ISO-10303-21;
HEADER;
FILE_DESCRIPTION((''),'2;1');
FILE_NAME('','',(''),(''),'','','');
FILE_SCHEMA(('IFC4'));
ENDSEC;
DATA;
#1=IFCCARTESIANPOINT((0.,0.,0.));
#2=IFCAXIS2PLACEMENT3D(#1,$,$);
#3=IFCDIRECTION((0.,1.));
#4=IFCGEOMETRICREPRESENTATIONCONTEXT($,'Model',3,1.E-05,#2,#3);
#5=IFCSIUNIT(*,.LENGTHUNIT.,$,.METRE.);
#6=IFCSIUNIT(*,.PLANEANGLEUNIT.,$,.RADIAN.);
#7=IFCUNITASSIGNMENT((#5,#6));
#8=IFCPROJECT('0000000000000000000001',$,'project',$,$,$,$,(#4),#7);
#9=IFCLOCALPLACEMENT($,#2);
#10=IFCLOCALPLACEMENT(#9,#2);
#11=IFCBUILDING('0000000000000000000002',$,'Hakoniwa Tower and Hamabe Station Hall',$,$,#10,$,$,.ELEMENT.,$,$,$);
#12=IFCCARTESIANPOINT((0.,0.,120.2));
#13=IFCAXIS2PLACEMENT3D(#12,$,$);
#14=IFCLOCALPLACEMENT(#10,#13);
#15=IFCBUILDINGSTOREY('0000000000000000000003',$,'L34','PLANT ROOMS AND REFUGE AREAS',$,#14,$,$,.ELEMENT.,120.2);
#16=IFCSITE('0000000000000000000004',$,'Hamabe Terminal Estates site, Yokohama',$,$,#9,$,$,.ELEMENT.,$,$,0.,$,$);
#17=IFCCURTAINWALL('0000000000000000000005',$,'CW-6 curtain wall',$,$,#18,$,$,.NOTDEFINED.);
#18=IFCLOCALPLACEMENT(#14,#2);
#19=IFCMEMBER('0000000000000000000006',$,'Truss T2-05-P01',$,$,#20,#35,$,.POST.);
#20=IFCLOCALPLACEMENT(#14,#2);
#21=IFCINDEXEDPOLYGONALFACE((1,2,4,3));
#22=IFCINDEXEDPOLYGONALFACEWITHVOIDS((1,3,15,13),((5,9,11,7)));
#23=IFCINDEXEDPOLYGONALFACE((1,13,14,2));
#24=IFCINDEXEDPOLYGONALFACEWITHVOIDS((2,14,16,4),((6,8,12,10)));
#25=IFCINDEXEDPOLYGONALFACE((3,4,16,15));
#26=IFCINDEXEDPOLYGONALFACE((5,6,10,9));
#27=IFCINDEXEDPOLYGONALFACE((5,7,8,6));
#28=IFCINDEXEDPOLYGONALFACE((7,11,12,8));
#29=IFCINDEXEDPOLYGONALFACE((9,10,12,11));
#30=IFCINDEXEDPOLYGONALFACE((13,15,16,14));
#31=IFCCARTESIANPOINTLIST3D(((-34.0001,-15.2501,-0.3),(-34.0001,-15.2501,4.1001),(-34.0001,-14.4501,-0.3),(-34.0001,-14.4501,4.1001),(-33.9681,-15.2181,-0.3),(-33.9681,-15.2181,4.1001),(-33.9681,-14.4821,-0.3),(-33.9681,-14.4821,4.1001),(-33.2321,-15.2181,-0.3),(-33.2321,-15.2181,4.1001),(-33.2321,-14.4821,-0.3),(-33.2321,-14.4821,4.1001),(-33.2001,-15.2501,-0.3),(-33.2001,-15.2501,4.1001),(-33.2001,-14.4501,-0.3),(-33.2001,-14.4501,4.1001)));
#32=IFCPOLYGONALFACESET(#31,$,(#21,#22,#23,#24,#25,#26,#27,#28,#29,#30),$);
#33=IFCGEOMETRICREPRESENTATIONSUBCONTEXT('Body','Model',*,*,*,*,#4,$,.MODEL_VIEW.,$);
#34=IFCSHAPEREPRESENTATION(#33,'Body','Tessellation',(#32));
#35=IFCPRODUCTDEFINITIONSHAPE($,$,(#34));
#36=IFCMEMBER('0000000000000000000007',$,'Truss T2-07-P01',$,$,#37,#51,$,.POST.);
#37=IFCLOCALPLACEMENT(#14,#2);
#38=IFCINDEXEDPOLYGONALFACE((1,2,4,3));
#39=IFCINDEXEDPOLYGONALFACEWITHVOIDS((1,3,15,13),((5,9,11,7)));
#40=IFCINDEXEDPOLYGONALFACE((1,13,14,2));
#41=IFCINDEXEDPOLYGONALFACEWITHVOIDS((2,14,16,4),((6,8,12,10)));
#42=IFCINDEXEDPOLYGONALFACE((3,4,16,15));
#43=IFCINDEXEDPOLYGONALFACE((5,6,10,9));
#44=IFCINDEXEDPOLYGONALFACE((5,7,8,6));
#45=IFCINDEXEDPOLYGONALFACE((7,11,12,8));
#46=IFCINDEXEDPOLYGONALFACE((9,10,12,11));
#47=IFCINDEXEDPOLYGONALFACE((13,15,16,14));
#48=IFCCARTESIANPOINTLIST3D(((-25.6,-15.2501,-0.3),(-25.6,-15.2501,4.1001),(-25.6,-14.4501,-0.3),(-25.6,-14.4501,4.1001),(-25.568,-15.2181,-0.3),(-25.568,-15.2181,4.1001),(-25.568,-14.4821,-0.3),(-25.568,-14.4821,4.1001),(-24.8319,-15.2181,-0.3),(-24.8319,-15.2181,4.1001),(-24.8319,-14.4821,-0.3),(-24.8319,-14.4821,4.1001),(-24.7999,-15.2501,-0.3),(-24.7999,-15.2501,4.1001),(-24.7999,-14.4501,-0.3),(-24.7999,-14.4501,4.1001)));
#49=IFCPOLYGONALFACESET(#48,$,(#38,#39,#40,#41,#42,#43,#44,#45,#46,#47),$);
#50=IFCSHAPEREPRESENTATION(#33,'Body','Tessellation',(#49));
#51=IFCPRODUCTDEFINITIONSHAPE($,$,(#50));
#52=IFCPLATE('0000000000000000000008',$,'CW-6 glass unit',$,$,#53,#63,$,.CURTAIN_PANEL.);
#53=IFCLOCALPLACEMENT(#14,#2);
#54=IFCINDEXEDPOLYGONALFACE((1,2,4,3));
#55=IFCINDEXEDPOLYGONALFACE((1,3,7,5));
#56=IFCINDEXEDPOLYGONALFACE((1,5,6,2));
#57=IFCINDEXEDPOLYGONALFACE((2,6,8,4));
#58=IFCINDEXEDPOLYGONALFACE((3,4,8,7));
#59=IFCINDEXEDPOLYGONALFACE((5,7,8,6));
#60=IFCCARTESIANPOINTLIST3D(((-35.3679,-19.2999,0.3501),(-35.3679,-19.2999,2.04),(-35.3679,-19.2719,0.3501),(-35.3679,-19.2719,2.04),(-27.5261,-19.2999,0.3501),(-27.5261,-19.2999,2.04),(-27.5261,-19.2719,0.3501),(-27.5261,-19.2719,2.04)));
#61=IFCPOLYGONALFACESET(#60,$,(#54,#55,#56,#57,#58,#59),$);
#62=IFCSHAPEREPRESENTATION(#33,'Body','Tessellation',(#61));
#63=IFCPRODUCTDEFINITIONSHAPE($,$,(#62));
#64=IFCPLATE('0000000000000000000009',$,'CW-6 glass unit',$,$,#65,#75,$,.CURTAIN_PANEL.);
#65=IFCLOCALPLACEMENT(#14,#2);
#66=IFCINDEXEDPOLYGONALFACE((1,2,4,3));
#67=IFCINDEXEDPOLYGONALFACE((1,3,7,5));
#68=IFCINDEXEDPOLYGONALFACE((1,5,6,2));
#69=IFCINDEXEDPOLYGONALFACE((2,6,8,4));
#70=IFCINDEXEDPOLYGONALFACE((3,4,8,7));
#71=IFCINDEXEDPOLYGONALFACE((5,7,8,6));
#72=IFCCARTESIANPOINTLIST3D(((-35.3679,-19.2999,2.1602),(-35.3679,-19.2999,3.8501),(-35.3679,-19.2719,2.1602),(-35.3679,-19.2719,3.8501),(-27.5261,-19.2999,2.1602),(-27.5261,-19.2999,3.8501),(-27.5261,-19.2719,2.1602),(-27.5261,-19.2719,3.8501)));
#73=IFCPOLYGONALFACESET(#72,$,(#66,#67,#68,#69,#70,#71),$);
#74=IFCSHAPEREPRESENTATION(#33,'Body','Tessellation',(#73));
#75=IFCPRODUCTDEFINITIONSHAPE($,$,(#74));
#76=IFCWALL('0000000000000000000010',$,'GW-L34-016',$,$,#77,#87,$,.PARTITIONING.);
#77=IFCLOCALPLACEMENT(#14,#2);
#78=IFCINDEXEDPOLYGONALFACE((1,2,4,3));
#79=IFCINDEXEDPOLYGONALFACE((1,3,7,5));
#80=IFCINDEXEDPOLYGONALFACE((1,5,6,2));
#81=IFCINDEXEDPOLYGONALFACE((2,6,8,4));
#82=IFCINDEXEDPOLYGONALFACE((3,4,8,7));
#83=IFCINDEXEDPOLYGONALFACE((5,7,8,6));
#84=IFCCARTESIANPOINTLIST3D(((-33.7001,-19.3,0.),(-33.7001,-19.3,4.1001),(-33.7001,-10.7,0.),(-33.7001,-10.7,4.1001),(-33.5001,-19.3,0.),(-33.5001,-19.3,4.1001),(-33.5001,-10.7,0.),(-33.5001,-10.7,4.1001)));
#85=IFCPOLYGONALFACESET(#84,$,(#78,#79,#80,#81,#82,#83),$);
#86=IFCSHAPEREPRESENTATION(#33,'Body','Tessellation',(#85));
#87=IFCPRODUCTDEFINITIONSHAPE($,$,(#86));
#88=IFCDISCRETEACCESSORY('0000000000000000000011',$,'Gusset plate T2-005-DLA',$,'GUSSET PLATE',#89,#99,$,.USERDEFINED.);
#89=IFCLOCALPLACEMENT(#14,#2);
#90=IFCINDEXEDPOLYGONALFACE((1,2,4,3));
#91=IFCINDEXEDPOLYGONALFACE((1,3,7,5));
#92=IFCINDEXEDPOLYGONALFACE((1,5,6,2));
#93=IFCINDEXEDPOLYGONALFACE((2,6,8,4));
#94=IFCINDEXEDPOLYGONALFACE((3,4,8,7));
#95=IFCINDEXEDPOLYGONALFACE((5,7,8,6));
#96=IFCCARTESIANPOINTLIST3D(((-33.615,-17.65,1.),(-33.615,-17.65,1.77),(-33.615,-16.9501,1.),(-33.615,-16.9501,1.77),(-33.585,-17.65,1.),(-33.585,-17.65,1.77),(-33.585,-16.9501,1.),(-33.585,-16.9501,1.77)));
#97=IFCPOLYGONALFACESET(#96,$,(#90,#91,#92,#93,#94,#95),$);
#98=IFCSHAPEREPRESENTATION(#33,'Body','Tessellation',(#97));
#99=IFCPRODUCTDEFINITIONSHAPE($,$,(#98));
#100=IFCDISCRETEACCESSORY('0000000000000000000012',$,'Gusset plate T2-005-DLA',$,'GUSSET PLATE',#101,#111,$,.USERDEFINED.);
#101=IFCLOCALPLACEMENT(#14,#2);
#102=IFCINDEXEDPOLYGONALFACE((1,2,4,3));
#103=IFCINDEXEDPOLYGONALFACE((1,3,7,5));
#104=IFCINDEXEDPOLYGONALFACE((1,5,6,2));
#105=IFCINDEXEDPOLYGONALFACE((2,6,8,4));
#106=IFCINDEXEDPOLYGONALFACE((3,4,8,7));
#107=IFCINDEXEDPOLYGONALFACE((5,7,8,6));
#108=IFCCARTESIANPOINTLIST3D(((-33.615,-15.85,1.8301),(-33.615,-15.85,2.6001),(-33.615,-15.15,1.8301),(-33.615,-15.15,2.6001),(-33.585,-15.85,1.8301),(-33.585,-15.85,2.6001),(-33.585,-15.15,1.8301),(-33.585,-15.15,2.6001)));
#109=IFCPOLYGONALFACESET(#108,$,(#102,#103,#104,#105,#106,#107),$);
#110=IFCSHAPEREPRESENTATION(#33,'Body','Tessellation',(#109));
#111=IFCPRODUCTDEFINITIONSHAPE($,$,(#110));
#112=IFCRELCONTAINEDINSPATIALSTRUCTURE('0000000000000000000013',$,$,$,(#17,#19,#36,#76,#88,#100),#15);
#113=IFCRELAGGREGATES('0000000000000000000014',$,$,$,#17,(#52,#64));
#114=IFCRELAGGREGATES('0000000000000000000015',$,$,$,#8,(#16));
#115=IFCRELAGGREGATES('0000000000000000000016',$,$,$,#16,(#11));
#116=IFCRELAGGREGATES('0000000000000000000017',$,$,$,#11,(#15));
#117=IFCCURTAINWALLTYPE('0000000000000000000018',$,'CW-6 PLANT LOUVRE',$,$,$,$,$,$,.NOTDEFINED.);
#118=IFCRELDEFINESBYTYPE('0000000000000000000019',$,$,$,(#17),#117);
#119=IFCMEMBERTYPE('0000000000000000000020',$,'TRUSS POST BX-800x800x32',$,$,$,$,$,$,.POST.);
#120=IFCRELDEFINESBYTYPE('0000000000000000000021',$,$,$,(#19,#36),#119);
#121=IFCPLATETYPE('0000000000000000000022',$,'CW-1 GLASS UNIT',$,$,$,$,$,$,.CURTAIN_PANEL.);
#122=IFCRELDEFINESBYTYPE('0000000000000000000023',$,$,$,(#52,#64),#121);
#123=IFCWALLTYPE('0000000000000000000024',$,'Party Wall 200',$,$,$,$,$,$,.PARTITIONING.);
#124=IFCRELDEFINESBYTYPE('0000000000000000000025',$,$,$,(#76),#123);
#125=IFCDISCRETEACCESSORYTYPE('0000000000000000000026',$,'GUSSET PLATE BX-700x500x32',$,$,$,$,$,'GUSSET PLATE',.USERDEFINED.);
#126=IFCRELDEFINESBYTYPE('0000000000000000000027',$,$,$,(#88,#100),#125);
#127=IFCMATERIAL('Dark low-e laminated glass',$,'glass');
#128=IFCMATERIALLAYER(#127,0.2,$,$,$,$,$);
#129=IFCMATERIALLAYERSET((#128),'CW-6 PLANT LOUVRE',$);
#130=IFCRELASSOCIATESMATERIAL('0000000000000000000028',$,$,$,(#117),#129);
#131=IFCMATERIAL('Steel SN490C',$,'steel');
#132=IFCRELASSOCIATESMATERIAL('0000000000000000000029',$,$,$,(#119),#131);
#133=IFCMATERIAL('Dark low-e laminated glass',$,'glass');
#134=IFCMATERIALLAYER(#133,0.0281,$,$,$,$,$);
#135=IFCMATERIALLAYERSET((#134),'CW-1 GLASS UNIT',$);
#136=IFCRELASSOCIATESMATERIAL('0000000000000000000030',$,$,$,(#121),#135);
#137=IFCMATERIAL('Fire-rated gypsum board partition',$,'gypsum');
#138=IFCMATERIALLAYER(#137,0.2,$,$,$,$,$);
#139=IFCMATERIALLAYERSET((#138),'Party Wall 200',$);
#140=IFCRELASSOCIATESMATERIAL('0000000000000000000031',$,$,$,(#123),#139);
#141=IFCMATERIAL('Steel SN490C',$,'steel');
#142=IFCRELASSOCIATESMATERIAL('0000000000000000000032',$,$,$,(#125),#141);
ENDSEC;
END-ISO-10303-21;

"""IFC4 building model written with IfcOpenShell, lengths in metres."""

from ifc_helpers import new_model, si_unit, direction, frame, frame_2d, origin, origin_2d, place, context, subcontext, project, spatial, rectangle, hollow_rectangle, extrude, material, layer, layer_set, material_profile, profile_set, type_object, element, aggregate, save


model = new_model("IFC4")

# Units and contexts
model_context = context("Model", 3, precision=1e-05, world=origin(), true_north=direction((0.0, 1.0)))
body_context = subcontext(model_context, "Body", "Model", "MODEL_VIEW")
ifc_project = project(units=[si_unit("LENGTHUNIT", "METRE"), si_unit("PLANEANGLEUNIT", "RADIAN")], contexts=[model_context])

# Site, building, storey
site_placement = place(None, origin())
site = spatial("IfcSite", under=ifc_project, at=site_placement, Name="Hamabe Terminal Estates site, Yokohama", CompositionType="ELEMENT", RefElevation=0.0)
building_placement = place(site_placement, origin())
building = spatial("IfcBuilding", under=site, at=building_placement, Name="Hakoniwa Tower and Hamabe Station Hall", CompositionType="ELEMENT")
storey_placement = place(building_placement, frame((0.0, 0.0, 120.2)))
storey = spatial("IfcBuildingStorey", under=building, at=storey_placement, Name="L34", Description="PLANT ROOMS AND REFUGE AREAS", CompositionType="ELEMENT", Elevation=120.2)

# Curtain wall
ifc_material_1 = material(Name="Dark low-e laminated glass", Category="glass")
ifc_layer_1 = layer(ifc_material_1, 0.2)
ifc_layer_set_1 = layer_set([ifc_layer_1], Name="CW-6 PLANT LOUVRE")
curtain_wall_type = type_object("IfcCurtainWallType", Name="CW-6 PLANT LOUVRE", PredefinedType="NOTDEFINED", material=ifc_layer_set_1)
curtain_wall_placement = place(storey_placement, origin())
curtain_wall = element("IfcCurtainWall", 1, at=curtain_wall_placement, inside=storey, type_object=curtain_wall_type, Name="CW-6 curtain wall", PredefinedType="NOTDEFINED")

# Members
ifc_material_2 = material(Name="Steel SN490C", Category="steel")
ifc_material_profile_1 = material_profile(ifc_material_2, hollow_rectangle(XDim=0.8, YDim=0.8, WallThickness=0.032, at=origin_2d()), Name="BX-800x800x32")
ifc_profile_set_1 = profile_set([ifc_material_profile_1], Name="Steel SN490C")
member_type_1 = type_object("IfcMemberType", Name="TRUSS POST BX-800x800x32", PredefinedType="POST", material=ifc_profile_set_1)
for number, where, z_axis, x_axis, name in (
    (2, (-33.6001, -14.8501, -0.3), (0.0, 0.0, 1.0), (1.0, 0.0, 0.0), "Truss T2-05-P01"),
    (3, (-25.2, -14.8501, -0.3), (0.0, 0.0, 1.0), (1.0, 0.0, 0.0), "Truss T2-07-P01"),
):
    element("IfcMember", number, at=place(storey_placement, frame(where, z_axis=z_axis, x_axis=x_axis)), inside=storey, type_object=member_type_1, Name=name, PredefinedType="POST", context=body_context, shape_type="SweptSolid", body=[
        extrude(hollow_rectangle(XDim=0.8, YDim=0.8, WallThickness=0.032, at=origin_2d()), origin(), (0.0, 0.0, 1.0), 4.4001),
    ])

# Plates
ifc_material_3 = material(Name="Dark low-e laminated glass", Category="glass")
ifc_layer_2 = layer(ifc_material_3, 0.0281)
ifc_layer_set_2 = layer_set([ifc_layer_2], Name="CW-1 GLASS UNIT")
plate_type = type_object("IfcPlateType", Name="CW-1 GLASS UNIT", PredefinedType="CURTAIN_PANEL", material=ifc_layer_set_2)
plate_1_placement = place(storey_placement, frame((-31.447, -19.2859, 0.3501), z_axis=(0.0, 0.0, 1.0), x_axis=(1.0, 0.0, 0.0)))
plate_1 = element("IfcPlate", 4, at=plate_1_placement, type_object=plate_type, Name="CW-6 glass unit", PredefinedType="CURTAIN_PANEL", context=body_context, shape_type="SweptSolid", body=[
    extrude(rectangle(XDim=7.8418, YDim=0.0281, at=origin_2d()), origin(), (0.0, 0.0, 1.0), 1.6899),
])
plate_2_placement = place(storey_placement, frame((-31.447, -19.2859, 2.1602), z_axis=(0.0, 0.0, 1.0), x_axis=(1.0, 0.0, 0.0)))
plate_2 = element("IfcPlate", 5, at=plate_2_placement, type_object=plate_type, Name="CW-6 glass unit", PredefinedType="CURTAIN_PANEL", context=body_context, shape_type="SweptSolid", body=[
    extrude(rectangle(XDim=7.8418, YDim=0.0281, at=origin_2d()), origin(), (0.0, 0.0, 1.0), 1.6899),
])
aggregate(curtain_wall, [plate_1, plate_2])

# Wall
ifc_material_4 = material(Name="Fire-rated gypsum board partition", Category="gypsum")
ifc_layer_3 = layer(ifc_material_4, 0.2)
ifc_layer_set_3 = layer_set([ifc_layer_3], Name="Party Wall 200")
wall_type = type_object("IfcWallType", Name="Party Wall 200", PredefinedType="PARTITIONING", material=ifc_layer_set_3)
wall_placement = place(storey_placement, frame((-33.6001, -19.3, 0.0), z_axis=(0.0, 0.0, 1.0), x_axis=(0.0, 1.0, 0.0)))
element("IfcWall", 6, at=wall_placement, inside=storey, type_object=wall_type, Name="GW-L34-016", PredefinedType="PARTITIONING", context=body_context, shape_type="SweptSolid", body=[
    extrude(rectangle(XDim=8.6001, YDim=0.2, at=frame_2d((4.3, 0.0))), origin(), (0.0, 0.0, 1.0), 4.1001),
])

# Discrete accessories
ifc_material_5 = material(Name="Steel SN490C", Category="steel")
ifc_material_profile_2 = material_profile(ifc_material_5, rectangle(XDim=0.7, YDim=0.77, at=origin_2d()), Name="GUSSET PLATE BX-700x500x32")
ifc_profile_set_2 = profile_set([ifc_material_profile_2], Name="Steel SN490C")
discrete_accessory_type = type_object("IfcDiscreteAccessoryType", Name="GUSSET PLATE BX-700x500x32", ElementType="GUSSET PLATE", PredefinedType="USERDEFINED", material=ifc_profile_set_2)
for number, where, z_axis, x_axis, name in (
    (7, (-33.585, -17.3, 1.385), (-1.0, 0.0, 0.0), (0.0, -1.0, 0.0), "Gusset plate T2-005-DLA"),
    (8, (-33.585, -15.5, 2.2151), (-1.0, 0.0, 0.0), (0.0, -1.0, 0.0), "Gusset plate T2-005-DLA"),
):
    element("IfcDiscreteAccessory", number, at=place(storey_placement, frame(where, z_axis=z_axis, x_axis=x_axis)), inside=storey, type_object=discrete_accessory_type, Name=name, ObjectType="GUSSET PLATE", PredefinedType="USERDEFINED", context=body_context, shape_type="SweptSolid", body=[
        extrude(rectangle(XDim=0.7, YDim=0.77, at=origin_2d()), origin(), (0.0, 0.0, 1.0), 0.03),
    ])

save(model, "model.ifc")
